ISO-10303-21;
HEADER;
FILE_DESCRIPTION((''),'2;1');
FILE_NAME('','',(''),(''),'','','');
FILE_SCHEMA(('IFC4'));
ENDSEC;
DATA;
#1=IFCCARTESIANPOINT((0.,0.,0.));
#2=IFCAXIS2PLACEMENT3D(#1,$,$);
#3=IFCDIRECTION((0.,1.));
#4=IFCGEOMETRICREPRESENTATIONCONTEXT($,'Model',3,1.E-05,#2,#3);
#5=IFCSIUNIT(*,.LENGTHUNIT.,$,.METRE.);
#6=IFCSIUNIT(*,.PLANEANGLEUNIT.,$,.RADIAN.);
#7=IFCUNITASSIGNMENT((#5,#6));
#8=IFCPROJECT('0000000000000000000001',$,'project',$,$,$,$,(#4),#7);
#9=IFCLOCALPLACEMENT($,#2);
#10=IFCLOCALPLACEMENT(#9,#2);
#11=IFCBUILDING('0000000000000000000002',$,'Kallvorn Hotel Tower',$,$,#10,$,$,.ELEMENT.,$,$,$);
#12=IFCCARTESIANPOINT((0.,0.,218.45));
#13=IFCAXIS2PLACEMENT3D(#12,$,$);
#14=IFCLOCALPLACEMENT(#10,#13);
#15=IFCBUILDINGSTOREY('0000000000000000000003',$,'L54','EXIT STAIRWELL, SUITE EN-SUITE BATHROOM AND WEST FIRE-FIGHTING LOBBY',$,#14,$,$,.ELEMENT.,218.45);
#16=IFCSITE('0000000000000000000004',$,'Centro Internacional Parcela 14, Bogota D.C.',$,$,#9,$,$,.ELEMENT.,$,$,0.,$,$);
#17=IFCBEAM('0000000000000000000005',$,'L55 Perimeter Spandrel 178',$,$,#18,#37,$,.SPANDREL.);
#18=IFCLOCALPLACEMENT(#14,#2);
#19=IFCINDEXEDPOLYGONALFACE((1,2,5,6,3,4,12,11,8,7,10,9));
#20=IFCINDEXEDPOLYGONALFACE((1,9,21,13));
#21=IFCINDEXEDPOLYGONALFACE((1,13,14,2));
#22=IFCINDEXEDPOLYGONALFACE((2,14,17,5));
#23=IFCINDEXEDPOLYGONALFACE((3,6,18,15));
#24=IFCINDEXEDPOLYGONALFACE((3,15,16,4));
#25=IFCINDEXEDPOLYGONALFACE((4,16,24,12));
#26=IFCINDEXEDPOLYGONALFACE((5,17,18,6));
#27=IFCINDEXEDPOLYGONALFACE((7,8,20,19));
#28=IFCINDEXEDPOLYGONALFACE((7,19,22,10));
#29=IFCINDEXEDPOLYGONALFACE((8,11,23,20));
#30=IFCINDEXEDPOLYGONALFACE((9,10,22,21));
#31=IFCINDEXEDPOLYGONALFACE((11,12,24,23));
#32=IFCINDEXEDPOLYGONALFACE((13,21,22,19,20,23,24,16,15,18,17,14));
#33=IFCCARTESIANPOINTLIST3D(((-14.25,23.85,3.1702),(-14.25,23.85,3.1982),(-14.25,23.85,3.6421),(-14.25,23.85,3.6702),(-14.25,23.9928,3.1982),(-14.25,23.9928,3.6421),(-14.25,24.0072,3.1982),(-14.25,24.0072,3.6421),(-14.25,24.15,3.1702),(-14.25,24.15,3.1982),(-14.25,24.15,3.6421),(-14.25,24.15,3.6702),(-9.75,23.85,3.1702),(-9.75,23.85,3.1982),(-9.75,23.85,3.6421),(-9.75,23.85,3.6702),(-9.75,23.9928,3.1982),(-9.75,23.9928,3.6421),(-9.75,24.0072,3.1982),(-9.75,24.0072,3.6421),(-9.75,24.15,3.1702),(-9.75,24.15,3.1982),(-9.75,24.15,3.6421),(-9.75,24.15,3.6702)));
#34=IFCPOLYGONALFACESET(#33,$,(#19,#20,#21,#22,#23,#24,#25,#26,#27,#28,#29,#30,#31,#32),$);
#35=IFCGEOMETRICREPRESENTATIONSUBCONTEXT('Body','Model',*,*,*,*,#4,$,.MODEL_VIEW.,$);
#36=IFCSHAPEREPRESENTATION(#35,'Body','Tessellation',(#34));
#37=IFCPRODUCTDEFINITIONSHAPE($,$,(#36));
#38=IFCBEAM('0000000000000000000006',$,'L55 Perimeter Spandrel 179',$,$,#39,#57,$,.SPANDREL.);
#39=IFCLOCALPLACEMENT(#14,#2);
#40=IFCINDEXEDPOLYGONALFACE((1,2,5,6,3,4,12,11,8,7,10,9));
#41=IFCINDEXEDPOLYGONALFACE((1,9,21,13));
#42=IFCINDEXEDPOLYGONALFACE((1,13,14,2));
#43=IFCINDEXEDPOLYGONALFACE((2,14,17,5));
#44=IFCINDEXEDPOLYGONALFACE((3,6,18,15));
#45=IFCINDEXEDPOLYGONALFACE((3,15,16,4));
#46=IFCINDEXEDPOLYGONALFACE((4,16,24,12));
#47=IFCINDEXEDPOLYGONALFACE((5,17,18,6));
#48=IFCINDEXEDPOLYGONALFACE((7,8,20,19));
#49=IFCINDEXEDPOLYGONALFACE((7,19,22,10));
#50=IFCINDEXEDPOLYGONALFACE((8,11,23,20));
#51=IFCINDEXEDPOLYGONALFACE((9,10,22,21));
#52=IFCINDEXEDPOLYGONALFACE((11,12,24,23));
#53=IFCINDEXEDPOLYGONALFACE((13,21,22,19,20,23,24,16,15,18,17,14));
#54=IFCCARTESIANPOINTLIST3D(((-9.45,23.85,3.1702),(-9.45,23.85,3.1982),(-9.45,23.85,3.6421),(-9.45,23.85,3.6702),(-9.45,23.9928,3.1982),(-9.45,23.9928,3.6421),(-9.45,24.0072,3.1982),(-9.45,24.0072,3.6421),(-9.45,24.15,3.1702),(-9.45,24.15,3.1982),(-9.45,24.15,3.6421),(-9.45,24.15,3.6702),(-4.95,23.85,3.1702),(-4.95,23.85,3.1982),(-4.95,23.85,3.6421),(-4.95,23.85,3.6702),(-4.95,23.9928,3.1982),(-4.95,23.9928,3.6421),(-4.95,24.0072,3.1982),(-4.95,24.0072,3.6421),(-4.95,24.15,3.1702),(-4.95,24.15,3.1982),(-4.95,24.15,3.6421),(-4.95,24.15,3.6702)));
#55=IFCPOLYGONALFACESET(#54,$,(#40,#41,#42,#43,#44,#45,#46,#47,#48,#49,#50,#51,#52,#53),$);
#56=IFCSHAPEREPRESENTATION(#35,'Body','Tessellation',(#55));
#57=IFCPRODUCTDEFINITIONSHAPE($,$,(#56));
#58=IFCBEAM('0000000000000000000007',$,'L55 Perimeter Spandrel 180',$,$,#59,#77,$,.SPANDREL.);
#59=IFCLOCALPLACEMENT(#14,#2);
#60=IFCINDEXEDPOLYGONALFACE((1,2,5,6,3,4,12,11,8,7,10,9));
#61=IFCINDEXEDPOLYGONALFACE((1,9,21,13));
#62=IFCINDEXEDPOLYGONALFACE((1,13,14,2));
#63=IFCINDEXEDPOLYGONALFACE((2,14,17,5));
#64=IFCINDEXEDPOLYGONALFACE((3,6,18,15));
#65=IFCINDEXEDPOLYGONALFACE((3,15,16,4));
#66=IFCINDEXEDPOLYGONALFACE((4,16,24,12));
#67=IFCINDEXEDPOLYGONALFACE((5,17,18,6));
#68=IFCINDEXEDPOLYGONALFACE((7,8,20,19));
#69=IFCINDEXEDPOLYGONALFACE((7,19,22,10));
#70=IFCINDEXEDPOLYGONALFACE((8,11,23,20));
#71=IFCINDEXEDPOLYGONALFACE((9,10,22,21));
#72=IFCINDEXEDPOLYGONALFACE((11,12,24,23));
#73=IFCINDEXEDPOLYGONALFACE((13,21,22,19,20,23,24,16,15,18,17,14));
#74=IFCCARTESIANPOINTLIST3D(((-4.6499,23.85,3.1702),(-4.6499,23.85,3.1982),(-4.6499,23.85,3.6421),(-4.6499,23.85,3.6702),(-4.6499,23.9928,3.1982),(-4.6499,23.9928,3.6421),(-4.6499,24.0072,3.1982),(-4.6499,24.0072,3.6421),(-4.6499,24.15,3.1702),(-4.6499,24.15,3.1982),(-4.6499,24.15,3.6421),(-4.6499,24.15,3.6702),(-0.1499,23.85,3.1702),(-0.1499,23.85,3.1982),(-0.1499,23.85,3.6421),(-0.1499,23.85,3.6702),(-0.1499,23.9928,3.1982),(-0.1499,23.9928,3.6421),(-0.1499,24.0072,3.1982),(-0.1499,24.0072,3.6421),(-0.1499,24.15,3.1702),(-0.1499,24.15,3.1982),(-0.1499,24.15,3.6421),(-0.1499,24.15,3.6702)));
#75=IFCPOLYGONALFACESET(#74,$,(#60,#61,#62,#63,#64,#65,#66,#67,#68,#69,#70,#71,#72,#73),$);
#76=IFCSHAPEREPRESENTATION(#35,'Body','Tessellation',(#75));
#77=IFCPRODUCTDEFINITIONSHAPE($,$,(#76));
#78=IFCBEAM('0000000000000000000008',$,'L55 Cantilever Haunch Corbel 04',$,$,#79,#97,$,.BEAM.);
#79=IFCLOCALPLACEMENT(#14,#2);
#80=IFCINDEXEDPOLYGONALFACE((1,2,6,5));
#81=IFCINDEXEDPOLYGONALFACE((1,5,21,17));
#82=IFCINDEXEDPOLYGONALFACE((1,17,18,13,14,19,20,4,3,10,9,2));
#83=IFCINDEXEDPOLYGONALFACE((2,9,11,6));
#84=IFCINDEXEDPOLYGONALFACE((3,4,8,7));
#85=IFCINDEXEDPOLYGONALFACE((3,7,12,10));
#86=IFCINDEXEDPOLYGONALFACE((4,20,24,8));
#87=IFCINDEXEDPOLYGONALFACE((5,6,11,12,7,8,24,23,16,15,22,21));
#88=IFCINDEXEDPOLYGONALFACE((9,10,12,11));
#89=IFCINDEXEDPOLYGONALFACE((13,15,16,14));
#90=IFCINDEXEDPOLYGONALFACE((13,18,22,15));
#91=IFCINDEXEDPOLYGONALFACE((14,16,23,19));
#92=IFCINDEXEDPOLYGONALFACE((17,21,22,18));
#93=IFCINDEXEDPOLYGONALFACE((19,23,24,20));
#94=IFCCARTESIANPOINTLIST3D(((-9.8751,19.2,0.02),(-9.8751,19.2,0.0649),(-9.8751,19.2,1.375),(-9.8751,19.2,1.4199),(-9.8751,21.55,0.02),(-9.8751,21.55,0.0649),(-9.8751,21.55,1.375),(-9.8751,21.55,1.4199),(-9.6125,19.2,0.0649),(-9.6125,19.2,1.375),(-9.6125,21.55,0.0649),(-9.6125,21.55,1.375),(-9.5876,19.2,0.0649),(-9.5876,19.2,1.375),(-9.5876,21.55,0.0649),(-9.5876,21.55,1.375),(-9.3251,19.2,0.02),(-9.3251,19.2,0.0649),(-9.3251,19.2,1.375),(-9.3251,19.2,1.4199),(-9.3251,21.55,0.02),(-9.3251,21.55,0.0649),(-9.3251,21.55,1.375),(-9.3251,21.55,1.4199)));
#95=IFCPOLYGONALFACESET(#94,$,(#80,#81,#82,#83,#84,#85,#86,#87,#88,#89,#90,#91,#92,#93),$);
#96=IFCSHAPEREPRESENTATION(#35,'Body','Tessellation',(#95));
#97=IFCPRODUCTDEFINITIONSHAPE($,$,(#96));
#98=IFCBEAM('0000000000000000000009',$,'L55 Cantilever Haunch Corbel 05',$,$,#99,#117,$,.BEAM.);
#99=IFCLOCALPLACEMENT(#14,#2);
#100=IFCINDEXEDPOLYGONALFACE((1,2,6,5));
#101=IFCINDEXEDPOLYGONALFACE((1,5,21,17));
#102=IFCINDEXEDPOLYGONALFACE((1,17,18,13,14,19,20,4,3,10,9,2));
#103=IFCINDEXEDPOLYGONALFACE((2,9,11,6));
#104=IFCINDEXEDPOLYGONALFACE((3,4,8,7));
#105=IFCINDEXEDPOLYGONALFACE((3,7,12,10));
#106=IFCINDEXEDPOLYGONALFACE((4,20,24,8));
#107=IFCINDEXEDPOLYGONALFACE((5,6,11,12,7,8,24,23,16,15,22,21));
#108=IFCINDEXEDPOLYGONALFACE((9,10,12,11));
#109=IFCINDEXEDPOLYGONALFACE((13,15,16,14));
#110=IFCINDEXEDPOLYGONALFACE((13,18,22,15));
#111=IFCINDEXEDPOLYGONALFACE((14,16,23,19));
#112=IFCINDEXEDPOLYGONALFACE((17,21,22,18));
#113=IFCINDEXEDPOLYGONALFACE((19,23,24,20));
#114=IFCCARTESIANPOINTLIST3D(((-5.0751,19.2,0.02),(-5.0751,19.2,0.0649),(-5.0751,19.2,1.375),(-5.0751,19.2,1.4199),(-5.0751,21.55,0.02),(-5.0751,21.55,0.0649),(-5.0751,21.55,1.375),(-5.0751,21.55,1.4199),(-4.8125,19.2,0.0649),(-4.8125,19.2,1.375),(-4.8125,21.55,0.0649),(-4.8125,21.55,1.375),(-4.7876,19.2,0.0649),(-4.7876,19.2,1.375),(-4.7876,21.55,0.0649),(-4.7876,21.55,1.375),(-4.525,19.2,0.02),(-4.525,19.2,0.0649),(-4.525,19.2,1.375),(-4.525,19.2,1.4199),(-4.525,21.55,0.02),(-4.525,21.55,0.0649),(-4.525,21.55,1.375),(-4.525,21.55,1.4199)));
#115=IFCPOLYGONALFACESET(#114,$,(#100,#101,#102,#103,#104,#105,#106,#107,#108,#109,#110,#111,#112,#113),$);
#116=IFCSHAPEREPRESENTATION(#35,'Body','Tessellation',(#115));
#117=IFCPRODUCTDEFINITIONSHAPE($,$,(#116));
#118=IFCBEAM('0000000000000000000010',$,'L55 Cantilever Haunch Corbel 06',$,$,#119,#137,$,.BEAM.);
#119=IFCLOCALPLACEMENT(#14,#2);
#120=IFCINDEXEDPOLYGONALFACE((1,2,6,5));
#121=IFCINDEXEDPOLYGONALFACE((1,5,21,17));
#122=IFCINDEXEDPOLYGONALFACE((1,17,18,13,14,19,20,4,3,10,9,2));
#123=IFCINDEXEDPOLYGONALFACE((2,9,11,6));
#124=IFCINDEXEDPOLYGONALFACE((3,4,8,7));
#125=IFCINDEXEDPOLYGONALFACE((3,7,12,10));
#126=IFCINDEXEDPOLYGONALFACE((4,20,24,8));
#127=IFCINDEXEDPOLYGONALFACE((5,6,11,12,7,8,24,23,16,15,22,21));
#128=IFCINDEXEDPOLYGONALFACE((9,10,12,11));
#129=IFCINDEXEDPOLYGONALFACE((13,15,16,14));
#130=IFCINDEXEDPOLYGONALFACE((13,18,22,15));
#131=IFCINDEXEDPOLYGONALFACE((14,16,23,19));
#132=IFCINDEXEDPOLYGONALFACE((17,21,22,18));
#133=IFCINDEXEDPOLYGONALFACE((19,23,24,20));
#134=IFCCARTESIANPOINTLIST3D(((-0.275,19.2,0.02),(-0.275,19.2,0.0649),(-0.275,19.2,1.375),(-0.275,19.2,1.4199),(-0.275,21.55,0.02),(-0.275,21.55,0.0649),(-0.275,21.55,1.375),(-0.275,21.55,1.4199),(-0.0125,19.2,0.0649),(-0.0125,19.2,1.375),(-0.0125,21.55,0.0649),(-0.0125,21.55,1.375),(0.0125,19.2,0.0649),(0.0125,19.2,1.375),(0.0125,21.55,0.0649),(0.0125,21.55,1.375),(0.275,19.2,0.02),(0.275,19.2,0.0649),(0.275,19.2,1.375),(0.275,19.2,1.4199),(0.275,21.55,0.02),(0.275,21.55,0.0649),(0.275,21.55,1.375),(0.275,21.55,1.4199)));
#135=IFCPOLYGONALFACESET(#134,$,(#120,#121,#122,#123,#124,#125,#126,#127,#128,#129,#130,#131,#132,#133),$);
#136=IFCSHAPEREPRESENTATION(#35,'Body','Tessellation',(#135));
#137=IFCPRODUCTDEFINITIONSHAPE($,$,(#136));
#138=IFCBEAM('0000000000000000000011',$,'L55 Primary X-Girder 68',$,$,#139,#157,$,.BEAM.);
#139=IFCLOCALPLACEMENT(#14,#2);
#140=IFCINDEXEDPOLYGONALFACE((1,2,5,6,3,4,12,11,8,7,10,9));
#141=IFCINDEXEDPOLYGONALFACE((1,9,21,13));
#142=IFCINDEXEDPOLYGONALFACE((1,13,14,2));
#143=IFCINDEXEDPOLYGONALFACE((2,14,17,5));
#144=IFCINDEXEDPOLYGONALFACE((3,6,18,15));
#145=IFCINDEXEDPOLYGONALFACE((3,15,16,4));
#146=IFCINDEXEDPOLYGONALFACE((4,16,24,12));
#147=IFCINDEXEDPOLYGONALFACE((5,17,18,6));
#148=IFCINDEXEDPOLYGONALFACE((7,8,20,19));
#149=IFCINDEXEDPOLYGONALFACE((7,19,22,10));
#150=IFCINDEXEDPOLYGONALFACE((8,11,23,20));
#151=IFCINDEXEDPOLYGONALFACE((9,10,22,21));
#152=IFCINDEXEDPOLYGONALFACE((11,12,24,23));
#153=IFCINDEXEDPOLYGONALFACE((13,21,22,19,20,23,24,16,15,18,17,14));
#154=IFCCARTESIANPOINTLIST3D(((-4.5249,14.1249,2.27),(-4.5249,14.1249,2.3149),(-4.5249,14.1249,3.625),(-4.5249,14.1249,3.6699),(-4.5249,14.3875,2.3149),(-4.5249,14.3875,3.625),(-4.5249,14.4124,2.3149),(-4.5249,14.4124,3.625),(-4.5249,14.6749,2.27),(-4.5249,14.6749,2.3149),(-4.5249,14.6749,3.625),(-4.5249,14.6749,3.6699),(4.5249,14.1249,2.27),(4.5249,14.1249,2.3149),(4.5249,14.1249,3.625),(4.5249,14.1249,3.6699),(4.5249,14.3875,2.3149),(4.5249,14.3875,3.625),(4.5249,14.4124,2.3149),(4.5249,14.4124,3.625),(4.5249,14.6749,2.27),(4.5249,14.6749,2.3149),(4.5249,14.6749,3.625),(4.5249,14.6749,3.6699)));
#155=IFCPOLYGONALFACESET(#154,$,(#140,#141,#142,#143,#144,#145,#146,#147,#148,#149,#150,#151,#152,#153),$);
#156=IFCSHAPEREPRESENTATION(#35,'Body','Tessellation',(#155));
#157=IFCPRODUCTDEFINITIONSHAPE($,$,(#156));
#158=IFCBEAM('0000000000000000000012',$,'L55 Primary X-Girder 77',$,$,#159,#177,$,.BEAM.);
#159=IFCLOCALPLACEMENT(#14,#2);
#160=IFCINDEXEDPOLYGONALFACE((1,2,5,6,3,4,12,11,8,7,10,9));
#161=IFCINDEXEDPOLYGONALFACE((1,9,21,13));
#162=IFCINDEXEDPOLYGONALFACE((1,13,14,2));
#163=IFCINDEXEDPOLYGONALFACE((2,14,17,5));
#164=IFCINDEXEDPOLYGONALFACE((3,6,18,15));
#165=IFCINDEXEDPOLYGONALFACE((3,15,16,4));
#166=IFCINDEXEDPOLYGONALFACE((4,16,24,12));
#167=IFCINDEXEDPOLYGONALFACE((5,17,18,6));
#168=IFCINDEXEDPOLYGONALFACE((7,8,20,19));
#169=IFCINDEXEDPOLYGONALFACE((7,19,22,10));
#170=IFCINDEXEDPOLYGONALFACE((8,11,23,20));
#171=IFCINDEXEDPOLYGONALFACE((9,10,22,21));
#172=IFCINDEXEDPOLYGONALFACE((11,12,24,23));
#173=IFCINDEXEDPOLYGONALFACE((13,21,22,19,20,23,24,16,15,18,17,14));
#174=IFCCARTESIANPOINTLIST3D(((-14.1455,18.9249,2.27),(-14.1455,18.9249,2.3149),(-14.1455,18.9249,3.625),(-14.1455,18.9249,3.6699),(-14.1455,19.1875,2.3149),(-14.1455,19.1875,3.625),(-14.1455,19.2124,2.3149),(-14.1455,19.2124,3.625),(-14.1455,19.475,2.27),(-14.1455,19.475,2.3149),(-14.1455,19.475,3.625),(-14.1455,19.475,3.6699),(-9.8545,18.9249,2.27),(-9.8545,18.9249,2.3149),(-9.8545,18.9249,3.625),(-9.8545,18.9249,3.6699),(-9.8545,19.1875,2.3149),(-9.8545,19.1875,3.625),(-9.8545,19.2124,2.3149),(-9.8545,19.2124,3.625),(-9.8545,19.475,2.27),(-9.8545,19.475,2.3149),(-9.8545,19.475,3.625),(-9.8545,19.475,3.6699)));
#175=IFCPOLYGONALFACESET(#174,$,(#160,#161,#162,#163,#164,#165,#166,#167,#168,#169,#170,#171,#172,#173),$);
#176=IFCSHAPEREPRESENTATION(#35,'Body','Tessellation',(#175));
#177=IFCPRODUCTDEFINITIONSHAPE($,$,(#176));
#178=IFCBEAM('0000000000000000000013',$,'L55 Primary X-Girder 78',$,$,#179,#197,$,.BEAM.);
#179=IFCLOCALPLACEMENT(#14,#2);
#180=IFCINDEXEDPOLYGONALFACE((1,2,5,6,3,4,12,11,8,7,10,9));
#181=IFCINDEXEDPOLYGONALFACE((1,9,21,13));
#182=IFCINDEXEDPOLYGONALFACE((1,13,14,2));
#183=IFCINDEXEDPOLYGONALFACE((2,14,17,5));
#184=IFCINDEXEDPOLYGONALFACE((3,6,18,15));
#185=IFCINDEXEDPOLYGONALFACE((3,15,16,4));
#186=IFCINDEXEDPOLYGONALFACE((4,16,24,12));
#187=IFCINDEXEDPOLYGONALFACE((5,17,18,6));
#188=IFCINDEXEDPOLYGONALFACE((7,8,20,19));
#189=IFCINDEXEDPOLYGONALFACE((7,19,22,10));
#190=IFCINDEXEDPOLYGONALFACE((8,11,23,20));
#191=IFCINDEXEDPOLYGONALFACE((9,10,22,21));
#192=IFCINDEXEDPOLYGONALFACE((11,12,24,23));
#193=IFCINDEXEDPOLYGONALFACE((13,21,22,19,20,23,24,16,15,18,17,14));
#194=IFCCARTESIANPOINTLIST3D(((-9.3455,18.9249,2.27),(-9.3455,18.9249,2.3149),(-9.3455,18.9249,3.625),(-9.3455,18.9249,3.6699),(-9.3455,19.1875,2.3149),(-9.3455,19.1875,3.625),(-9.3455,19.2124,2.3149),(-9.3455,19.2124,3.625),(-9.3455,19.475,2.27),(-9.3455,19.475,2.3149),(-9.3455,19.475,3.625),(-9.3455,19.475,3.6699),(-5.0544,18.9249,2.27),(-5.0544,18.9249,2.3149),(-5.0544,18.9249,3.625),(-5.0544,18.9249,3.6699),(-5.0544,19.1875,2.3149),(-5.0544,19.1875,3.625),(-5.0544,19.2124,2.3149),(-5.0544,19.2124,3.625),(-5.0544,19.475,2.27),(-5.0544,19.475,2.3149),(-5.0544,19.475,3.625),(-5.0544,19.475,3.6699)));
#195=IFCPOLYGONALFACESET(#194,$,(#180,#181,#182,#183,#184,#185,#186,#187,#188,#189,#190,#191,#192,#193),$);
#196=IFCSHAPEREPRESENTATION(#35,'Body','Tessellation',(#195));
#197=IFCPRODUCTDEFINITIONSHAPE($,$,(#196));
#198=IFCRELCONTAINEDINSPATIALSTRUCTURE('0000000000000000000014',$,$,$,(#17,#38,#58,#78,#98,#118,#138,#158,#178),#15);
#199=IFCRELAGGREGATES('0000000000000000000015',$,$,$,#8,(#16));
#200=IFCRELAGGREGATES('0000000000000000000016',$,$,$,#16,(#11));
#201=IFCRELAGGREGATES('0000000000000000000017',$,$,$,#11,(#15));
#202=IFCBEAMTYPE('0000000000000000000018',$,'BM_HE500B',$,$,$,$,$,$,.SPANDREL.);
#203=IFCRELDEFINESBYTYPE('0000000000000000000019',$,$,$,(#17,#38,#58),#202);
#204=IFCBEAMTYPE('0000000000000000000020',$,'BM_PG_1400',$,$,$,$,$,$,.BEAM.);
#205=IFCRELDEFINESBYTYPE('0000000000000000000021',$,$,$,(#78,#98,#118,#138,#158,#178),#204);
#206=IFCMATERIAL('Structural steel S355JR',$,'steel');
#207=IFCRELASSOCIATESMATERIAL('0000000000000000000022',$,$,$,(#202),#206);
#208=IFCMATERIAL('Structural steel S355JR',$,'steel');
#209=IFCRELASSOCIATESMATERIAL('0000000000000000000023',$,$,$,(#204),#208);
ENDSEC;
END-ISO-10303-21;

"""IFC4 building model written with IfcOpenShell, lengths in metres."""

from ifc_helpers import new_model, si_unit, direction, frame, origin, origin_2d, place, context, subcontext, project, spatial, i_section, extrude, material, material_profile, profile_set, type_object, element, save


model = new_model("IFC4")

# Units and contexts
model_context = context("Model", 3, precision=1e-05, world=origin(), true_north=direction((0.0, 1.0)))
body_context = subcontext(model_context, "Body", "Model", "MODEL_VIEW")
ifc_project = project(units=[si_unit("LENGTHUNIT", "METRE"), si_unit("PLANEANGLEUNIT", "RADIAN")], contexts=[model_context])

# Site, building, storey
site_placement = place(None, origin())
site = spatial("IfcSite", under=ifc_project, at=site_placement, Name="Centro Internacional Parcela 14, Bogota D.C.", CompositionType="ELEMENT", RefElevation=0.0)
building_placement = place(site_placement, origin())
building = spatial("IfcBuilding", under=site, at=building_placement, Name="Kallvorn Hotel Tower", CompositionType="ELEMENT")
storey_placement = place(building_placement, frame((0.0, 0.0, 218.45)))
storey = spatial("IfcBuildingStorey", under=building, at=storey_placement, Name="L54", Description="EXIT STAIRWELL, SUITE EN-SUITE BATHROOM AND WEST FIRE-FIGHTING LOBBY", CompositionType="ELEMENT", Elevation=218.45)

# Beams
ifc_material_1 = material(Name="Structural steel S355JR", Category="steel")
ifc_material_profile_1 = material_profile(ifc_material_1, i_section(OverallWidth=0.3, OverallDepth=0.5, WebThickness=0.0144, FlangeThickness=0.0281, at=origin_2d()), Name="HE 500 B")
ifc_profile_set_1 = profile_set([ifc_material_profile_1], Name="Structural steel S355JR")
beam_type_1 = type_object("IfcBeamType", Name="BM_HE500B", PredefinedType="SPANDREL", material=ifc_profile_set_1)
for number, where, z_axis, x_axis, name in (
    (1, (-14.25, 24.0, 3.4202), (1.0, 0.0, 0.0), (0.0, 1.0, 0.0), "L55 Perimeter Spandrel 178"),
    (2, (-9.45, 24.0, 3.4202), (1.0, 0.0, 0.0), (0.0, 1.0, 0.0), "L55 Perimeter Spandrel 179"),
    (3, (-4.6499, 24.0, 3.4202), (1.0, 0.0, 0.0), (0.0, 1.0, 0.0), "L55 Perimeter Spandrel 180"),
):
    element("IfcBeam", number, at=place(storey_placement, frame(where, z_axis=z_axis, x_axis=x_axis)), inside=storey, type_object=beam_type_1, Name=name, PredefinedType="SPANDREL", context=body_context, shape_type="SweptSolid", body=[
        extrude(i_section(OverallWidth=0.3, OverallDepth=0.5, WebThickness=0.0144, FlangeThickness=0.0281, at=origin_2d()), origin(), (0.0, 0.0, 1.0), 4.5),
    ])
ifc_material_2 = material(Name="Structural steel S355JR", Category="steel")
ifc_material_profile_2 = material_profile(ifc_material_2, i_section(OverallWidth=0.55, OverallDepth=1.3999, WebThickness=0.0249, FlangeThickness=0.0449, at=origin_2d()), Name="PG 1400x550x25x45")
ifc_profile_set_2 = profile_set([ifc_material_profile_2], Name="Structural steel S355JR")
beam_type_2 = type_object("IfcBeamType", Name="BM_PG_1400", PredefinedType="BEAM", material=ifc_profile_set_2)
for number, where, z_axis, x_axis, name in (
    (4, (-9.6001, 19.2, 0.72), (0.0, 1.0, 0.0), (-1.0, 0.0, 0.0), "L55 Cantilever Haunch Corbel 04"),
    (5, (-4.8, 19.2, 0.72), (0.0, 1.0, 0.0), (-1.0, 0.0, 0.0), "L55 Cantilever Haunch Corbel 05"),
    (6, (0.0, 19.2, 0.72), (0.0, 1.0, 0.0), (-1.0, 0.0, 0.0), "L55 Cantilever Haunch Corbel 06"),
):
    element("IfcBeam", number, at=place(storey_placement, frame(where, z_axis=z_axis, x_axis=x_axis)), inside=storey, type_object=beam_type_2, Name=name, PredefinedType="BEAM", context=body_context, shape_type="SweptSolid", body=[
        extrude(i_section(OverallWidth=0.55, OverallDepth=1.3999, WebThickness=0.0249, FlangeThickness=0.0449, at=origin_2d()), origin(), (0.0, 0.0, 1.0), 2.3501),
    ])
beam_placement = place(storey_placement, frame((-4.5249, 14.3999, 2.97), z_axis=(1.0, 0.0, 0.0), x_axis=(0.0, 1.0, 0.0)))
element("IfcBeam", 7, at=beam_placement, inside=storey, type_object=beam_type_2, Name="L55 Primary X-Girder 68", PredefinedType="BEAM", context=body_context, shape_type="SweptSolid", body=[
    extrude(i_section(OverallWidth=0.55, OverallDepth=1.3999, WebThickness=0.0249, FlangeThickness=0.0449, at=origin_2d()), origin(), (0.0, 0.0, 1.0), 9.0498),
])
for number, where, z_axis, x_axis, name in (
    (8, (-14.1455, 19.2, 2.97), (1.0, 0.0, 0.0), (0.0, 1.0, 0.0), "L55 Primary X-Girder 77"),
    (9, (-9.3455, 19.2, 2.97), (1.0, 0.0, 0.0), (0.0, 1.0, 0.0), "L55 Primary X-Girder 78"),
):
    element("IfcBeam", number, at=place(storey_placement, frame(where, z_axis=z_axis, x_axis=x_axis)), inside=storey, type_object=beam_type_2, Name=name, PredefinedType="BEAM", context=body_context, shape_type="SweptSolid", body=[
        extrude(i_section(OverallWidth=0.55, OverallDepth=1.3999, WebThickness=0.0249, FlangeThickness=0.0449, at=origin_2d()), origin(), (0.0, 0.0, 1.0), 4.291),
    ])

save(model, "model.ifc")
